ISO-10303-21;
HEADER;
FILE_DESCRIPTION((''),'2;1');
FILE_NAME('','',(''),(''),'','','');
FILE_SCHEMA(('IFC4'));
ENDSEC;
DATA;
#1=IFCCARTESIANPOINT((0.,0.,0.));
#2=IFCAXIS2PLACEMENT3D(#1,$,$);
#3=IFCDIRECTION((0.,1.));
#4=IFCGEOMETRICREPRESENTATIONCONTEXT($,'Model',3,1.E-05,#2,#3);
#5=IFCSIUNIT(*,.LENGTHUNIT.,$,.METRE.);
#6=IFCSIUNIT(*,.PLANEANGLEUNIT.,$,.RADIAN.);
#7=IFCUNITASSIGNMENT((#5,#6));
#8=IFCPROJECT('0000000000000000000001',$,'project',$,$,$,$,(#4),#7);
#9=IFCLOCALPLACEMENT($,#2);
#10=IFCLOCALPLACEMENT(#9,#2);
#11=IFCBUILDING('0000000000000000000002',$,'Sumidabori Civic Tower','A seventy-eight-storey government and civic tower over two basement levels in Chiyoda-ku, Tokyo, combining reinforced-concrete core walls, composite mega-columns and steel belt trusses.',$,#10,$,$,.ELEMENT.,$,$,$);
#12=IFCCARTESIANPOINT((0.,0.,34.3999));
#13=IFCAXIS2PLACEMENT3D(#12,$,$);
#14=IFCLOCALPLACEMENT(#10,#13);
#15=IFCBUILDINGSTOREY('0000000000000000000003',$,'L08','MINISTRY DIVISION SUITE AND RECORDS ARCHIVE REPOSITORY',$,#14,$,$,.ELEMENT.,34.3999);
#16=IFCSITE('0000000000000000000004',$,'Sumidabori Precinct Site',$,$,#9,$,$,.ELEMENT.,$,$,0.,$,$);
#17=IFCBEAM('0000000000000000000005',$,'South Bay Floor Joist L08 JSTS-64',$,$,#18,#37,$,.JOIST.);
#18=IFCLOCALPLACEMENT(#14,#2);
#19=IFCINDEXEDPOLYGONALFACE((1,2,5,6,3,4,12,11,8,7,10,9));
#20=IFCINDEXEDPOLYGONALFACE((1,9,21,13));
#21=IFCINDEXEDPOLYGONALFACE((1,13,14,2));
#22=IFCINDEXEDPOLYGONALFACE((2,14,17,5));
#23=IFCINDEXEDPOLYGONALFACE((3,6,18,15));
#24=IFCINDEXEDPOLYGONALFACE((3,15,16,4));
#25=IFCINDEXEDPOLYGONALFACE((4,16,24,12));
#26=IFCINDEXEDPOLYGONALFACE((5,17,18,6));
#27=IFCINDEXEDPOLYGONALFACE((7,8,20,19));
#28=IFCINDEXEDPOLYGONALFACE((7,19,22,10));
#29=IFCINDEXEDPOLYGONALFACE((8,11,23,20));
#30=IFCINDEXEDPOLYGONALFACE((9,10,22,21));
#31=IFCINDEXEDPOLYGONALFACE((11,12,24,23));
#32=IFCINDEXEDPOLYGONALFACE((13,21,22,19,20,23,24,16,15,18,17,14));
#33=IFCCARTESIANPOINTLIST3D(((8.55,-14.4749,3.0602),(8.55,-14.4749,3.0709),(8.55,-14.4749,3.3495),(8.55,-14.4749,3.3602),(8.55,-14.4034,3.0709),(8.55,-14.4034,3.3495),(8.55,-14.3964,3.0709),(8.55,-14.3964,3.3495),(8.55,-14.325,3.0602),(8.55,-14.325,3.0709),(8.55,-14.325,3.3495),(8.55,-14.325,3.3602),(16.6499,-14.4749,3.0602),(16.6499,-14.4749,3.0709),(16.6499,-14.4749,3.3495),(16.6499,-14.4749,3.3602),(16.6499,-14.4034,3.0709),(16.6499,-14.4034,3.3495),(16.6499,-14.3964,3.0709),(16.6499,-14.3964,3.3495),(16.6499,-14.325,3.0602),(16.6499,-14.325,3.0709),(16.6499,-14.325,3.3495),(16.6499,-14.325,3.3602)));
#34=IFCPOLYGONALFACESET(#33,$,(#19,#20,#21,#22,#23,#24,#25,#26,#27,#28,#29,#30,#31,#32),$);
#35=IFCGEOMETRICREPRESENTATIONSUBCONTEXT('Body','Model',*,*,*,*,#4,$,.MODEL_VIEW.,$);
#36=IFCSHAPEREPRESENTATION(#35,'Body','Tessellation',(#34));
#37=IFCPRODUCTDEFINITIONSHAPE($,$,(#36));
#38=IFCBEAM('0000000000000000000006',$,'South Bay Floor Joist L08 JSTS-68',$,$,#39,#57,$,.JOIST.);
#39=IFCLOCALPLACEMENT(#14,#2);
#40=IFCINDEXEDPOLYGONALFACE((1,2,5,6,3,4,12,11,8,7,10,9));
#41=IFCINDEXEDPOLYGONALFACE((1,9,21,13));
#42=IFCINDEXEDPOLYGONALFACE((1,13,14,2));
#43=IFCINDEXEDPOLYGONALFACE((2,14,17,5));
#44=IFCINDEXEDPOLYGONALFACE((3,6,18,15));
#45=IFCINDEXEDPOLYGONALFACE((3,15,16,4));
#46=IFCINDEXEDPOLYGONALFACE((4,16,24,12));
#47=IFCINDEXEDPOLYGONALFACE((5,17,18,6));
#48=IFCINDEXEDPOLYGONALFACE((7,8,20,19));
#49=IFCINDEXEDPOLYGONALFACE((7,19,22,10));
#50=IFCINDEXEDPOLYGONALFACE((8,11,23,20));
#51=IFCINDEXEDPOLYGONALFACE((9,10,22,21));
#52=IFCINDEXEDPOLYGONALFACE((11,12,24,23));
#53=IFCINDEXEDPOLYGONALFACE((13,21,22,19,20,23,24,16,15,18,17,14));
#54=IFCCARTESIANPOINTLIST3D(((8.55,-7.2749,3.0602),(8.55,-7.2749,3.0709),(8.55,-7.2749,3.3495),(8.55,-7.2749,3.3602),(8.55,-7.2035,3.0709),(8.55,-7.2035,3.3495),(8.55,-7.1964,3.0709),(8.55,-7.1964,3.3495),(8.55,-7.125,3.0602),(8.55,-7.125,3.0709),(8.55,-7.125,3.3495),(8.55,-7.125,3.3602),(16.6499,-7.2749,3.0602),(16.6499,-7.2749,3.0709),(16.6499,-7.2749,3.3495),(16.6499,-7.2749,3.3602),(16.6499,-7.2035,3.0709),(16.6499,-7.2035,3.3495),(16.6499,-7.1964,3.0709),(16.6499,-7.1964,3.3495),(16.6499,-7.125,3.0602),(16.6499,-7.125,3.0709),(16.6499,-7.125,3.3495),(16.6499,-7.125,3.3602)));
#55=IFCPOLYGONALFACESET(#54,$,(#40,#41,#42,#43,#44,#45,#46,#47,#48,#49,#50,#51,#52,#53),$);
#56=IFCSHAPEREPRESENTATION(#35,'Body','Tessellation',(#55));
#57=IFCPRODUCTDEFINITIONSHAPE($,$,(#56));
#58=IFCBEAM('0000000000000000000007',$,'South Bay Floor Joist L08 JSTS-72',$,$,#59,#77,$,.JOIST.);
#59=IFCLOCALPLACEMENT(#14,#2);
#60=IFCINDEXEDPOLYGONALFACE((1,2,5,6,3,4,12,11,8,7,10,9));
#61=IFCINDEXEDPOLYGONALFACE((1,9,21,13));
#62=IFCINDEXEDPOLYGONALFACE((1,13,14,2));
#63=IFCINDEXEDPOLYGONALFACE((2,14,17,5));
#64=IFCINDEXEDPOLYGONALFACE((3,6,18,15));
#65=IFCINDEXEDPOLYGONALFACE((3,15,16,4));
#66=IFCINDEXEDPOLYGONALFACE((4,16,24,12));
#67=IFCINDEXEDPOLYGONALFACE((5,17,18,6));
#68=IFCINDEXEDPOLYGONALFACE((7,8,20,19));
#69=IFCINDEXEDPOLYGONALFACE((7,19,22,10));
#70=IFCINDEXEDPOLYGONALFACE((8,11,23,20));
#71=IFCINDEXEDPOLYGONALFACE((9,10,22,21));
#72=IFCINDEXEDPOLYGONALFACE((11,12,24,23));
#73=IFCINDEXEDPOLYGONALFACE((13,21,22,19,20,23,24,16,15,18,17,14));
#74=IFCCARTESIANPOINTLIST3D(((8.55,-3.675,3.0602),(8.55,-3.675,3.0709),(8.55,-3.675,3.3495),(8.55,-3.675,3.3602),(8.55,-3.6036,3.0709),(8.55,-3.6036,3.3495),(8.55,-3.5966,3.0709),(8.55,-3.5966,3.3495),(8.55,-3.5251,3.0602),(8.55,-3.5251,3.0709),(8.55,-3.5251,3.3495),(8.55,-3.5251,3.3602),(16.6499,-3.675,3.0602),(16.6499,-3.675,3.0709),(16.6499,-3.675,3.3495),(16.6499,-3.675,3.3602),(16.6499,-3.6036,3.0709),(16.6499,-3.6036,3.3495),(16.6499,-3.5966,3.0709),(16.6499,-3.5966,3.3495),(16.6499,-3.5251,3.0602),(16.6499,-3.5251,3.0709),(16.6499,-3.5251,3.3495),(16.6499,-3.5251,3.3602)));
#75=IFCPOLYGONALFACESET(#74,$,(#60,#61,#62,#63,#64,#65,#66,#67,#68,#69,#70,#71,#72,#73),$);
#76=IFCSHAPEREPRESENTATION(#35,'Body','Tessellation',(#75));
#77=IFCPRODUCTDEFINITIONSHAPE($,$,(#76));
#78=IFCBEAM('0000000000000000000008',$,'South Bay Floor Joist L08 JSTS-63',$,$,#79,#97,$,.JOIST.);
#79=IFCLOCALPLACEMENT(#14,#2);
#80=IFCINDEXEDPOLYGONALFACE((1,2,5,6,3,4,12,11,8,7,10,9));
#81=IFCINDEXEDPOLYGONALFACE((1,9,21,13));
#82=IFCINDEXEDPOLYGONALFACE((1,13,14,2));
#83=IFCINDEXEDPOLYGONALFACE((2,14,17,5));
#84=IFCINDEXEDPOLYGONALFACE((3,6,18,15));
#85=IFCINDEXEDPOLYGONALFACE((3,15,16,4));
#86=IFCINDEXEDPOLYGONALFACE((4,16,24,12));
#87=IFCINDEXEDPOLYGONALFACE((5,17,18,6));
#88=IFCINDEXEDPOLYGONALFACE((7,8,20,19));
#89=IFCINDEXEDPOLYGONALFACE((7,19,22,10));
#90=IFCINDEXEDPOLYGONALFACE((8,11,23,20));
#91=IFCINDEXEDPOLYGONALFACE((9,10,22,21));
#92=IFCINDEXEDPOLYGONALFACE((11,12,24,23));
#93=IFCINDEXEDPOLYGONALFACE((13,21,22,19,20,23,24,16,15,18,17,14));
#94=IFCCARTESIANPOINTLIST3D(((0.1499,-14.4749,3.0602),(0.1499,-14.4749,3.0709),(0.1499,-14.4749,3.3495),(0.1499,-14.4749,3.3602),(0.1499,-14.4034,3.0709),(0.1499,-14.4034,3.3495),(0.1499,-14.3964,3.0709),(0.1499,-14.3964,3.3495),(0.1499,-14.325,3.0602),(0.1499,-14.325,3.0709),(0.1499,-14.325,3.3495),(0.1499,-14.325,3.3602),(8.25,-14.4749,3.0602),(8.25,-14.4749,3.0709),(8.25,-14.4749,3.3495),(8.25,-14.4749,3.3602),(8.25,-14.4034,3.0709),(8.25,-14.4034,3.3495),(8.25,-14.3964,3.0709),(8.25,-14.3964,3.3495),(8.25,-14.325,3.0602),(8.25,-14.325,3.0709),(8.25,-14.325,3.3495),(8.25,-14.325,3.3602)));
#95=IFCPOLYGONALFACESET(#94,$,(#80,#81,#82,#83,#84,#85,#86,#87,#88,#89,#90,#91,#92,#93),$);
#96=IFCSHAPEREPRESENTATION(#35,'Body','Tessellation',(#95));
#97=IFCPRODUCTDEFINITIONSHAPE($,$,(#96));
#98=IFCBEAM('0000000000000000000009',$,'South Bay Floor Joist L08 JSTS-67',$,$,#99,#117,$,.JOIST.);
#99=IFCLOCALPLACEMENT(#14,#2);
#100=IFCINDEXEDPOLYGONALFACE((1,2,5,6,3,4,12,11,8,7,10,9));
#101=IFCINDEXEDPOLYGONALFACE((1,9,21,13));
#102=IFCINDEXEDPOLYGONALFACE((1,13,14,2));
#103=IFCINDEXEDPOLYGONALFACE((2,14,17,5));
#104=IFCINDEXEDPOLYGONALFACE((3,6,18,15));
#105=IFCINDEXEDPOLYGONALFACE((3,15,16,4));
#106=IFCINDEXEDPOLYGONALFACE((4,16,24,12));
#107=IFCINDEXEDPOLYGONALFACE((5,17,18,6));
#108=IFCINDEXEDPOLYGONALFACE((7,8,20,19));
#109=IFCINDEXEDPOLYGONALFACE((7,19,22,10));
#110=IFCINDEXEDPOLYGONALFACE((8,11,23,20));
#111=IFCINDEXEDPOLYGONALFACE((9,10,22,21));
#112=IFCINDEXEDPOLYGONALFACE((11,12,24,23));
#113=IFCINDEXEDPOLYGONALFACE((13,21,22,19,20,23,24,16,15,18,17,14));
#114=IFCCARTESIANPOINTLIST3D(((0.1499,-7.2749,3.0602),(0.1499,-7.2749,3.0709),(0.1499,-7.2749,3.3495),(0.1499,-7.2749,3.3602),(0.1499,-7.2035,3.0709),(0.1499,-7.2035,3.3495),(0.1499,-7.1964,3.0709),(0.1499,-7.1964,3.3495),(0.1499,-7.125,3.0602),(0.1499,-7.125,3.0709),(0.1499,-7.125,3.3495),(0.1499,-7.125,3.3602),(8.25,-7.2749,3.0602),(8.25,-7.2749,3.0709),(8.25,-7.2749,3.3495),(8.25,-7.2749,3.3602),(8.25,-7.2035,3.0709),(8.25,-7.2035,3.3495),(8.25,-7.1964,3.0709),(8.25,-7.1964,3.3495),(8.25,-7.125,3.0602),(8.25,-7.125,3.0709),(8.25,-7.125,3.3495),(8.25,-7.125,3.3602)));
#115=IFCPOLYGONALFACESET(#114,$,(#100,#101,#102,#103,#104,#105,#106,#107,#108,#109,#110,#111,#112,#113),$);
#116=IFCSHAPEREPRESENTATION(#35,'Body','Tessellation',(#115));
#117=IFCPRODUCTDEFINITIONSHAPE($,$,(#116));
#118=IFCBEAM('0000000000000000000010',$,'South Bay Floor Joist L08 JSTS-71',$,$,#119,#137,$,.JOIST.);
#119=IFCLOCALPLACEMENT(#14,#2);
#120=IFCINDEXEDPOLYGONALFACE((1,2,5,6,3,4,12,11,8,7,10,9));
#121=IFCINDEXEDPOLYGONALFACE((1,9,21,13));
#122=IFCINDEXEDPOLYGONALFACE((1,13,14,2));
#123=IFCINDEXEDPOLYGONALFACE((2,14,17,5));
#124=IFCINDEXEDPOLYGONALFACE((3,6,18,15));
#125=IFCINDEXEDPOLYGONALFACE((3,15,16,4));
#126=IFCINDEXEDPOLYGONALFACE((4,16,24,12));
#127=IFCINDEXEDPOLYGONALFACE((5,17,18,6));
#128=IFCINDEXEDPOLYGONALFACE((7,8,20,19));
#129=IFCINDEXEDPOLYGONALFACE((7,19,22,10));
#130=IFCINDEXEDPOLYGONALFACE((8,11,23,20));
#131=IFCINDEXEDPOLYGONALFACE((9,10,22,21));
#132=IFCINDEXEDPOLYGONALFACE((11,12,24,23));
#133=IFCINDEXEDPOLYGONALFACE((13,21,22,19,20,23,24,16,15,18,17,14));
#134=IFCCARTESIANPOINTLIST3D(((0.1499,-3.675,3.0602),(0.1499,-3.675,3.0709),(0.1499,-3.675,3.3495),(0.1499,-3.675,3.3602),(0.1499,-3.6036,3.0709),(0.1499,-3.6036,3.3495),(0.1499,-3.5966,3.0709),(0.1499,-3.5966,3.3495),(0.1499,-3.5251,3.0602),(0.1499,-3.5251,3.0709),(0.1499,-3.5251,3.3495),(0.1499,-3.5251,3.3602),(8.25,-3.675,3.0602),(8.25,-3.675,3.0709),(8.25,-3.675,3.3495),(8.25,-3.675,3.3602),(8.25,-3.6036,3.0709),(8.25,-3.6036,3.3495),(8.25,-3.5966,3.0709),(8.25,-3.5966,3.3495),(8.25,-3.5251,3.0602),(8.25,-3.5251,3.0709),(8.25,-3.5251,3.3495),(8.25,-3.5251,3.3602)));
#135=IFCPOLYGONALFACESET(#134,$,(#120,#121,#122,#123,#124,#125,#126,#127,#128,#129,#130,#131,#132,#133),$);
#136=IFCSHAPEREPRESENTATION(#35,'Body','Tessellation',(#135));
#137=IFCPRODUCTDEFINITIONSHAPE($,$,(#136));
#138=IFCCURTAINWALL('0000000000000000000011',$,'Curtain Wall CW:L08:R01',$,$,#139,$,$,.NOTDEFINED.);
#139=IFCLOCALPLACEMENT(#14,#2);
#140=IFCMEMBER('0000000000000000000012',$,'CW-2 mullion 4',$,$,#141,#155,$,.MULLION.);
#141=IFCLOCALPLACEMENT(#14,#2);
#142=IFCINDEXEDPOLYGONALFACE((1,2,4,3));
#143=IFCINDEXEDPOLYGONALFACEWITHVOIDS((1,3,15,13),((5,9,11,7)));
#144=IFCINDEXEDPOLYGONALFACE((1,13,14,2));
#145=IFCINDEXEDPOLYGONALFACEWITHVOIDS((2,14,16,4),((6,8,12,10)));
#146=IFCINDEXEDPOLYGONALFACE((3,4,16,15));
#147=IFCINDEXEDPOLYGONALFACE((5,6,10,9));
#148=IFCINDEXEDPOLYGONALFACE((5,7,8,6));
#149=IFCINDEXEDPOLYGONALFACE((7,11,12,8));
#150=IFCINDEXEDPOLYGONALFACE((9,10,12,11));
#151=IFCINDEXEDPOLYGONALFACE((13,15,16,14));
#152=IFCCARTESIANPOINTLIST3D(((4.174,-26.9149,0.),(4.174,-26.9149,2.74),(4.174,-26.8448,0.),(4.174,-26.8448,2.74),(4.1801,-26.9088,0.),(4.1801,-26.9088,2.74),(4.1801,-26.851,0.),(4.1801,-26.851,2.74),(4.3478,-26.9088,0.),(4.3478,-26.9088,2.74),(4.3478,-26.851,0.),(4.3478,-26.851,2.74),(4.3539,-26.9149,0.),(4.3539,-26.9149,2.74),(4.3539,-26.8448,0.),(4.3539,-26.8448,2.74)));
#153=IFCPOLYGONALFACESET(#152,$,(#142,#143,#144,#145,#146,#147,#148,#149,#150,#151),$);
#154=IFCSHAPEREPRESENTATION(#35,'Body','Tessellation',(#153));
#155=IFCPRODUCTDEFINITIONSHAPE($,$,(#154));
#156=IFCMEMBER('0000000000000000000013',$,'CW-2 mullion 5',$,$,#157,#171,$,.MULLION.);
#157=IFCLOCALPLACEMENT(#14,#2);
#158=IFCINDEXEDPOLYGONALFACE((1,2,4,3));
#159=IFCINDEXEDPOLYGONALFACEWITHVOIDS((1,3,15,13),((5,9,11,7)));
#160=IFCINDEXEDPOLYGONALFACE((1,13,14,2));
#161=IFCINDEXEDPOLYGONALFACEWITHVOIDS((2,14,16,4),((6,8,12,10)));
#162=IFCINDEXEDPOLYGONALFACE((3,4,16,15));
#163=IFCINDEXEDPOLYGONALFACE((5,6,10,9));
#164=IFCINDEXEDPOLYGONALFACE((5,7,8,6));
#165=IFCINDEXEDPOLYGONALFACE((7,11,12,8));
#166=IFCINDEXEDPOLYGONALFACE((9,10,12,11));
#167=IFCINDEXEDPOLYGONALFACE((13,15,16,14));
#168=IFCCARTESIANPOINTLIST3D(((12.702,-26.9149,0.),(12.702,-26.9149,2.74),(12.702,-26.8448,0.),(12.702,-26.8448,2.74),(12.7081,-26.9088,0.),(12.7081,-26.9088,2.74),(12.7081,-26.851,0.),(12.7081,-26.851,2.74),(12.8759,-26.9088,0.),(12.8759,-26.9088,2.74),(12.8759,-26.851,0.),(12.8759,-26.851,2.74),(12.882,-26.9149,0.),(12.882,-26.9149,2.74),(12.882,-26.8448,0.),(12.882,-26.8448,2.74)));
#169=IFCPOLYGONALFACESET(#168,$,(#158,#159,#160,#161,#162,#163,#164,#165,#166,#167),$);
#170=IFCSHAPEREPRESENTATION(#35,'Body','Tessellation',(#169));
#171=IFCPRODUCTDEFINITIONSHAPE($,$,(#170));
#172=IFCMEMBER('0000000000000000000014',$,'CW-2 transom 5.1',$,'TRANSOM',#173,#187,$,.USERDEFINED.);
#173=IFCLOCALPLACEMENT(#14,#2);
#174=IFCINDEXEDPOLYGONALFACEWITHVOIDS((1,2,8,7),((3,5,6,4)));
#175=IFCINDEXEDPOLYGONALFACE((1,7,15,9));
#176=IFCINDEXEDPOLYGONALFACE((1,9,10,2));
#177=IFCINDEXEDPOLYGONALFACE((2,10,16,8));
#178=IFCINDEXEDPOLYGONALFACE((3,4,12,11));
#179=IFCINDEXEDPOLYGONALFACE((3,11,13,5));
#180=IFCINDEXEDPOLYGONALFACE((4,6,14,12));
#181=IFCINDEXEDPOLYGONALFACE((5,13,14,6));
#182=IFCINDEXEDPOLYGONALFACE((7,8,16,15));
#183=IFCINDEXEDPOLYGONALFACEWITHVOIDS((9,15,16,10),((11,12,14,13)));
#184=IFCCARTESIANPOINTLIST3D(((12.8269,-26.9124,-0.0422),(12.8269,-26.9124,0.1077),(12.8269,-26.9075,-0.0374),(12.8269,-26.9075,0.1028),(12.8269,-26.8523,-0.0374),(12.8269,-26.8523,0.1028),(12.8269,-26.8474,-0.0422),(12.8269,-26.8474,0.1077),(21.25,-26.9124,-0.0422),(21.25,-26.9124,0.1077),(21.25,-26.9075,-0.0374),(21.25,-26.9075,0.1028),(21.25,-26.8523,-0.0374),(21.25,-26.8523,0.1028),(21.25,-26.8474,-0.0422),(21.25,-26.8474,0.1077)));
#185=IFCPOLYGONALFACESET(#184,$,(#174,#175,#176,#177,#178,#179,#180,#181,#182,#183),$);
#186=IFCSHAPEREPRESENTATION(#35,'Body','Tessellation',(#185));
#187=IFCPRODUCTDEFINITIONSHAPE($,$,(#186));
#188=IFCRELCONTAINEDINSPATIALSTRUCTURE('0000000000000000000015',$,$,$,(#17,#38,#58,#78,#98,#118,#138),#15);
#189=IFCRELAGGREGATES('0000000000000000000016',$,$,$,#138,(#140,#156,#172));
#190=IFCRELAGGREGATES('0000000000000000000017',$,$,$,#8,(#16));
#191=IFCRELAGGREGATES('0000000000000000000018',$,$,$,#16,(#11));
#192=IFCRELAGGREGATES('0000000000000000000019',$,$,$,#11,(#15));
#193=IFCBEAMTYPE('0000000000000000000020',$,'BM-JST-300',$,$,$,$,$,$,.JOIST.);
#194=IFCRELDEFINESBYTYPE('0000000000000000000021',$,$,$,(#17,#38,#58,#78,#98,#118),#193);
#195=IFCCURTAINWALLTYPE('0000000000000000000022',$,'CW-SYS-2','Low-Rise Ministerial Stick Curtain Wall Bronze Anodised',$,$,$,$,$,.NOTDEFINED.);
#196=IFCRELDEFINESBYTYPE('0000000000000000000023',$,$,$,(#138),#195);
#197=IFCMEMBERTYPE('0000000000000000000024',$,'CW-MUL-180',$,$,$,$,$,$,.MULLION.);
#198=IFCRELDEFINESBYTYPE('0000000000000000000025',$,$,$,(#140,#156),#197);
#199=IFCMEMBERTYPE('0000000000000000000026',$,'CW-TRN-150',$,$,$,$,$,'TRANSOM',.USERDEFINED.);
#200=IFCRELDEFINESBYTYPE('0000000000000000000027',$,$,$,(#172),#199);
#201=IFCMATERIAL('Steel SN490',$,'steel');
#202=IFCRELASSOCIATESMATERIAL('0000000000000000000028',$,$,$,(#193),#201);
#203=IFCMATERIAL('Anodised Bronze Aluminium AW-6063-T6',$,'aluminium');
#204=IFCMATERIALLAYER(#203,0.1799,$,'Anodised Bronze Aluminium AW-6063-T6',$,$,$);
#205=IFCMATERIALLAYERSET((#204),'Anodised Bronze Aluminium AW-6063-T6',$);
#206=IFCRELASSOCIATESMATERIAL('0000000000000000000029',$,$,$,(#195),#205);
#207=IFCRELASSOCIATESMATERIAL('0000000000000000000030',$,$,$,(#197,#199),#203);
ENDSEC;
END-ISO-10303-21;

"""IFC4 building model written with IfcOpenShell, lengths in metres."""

from ifc_helpers import new_model, si_unit, direction, frame, origin, origin_2d, place, context, subcontext, project, spatial, hollow_rectangle, i_section, extrude, source, transform, mapped, material, layer, layer_set, material_profile, profile_set, type_object, element, aggregate, save


model = new_model("IFC4")

# Units and contexts
model_context = context("Model", 3, precision=1e-05, world=origin(), true_north=direction((0.0, 1.0)))
body_context = subcontext(model_context, "Body", "Model", "MODEL_VIEW")
ifc_project = project(units=[si_unit("LENGTHUNIT", "METRE"), si_unit("PLANEANGLEUNIT", "RADIAN")], contexts=[model_context])

# Site, building, storey
site_placement = place(None, origin())
site = spatial("IfcSite", under=ifc_project, at=site_placement, Name="Sumidabori Precinct Site", CompositionType="ELEMENT", RefElevation=0.0)
building_placement = place(site_placement, origin())
building = spatial("IfcBuilding", under=site, at=building_placement, Name="Sumidabori Civic Tower", Description="A seventy-eight-storey government and civic tower over two basement levels in Chiyoda-ku, Tokyo, combining reinforced-concrete core walls, composite mega-columns and steel belt trusses.", CompositionType="ELEMENT")
storey_placement = place(building_placement, frame((0.0, 0.0, 34.3999)))
storey = spatial("IfcBuildingStorey", under=building, at=storey_placement, Name="L08", Description="MINISTRY DIVISION SUITE AND RECORDS ARCHIVE REPOSITORY", CompositionType="ELEMENT", Elevation=34.3999)

# Beams
ifc_material_1 = material(Name="Steel SN490", Category="steel")
ifc_material_profile_1 = material_profile(ifc_material_1, i_section(OverallWidth=0.1499, OverallDepth=0.3, WebThickness=0.0071, FlangeThickness=0.0107, at=origin_2d()), Name="IPE 300")
ifc_profile_set_1 = profile_set([ifc_material_profile_1], Name="Steel SN490")
beam_type_1 = type_object("IfcBeamType", Name="BM-JST-300", PredefinedType="JOIST", material=ifc_profile_set_1)
shared_shape_1 = source(origin(), body_context, "Body", "SweptSolid", [
    extrude(i_section(OverallWidth=0.1499, OverallDepth=0.3, WebThickness=0.0071, FlangeThickness=0.0107, at=origin_2d()), origin(), (0.0, 0.0, 1.0), 8.0999),
])
for number, where, z_axis, x_axis, name in (
    (1, (8.55, -14.3999, 3.2102), (1.0, 0.0, 0.0), (0.0, 1.0, 0.0), "South Bay Floor Joist L08 JSTS-64"),
    (2, (8.55, -7.2, 3.2102), (1.0, 0.0, 0.0), (0.0, 1.0, 0.0), "South Bay Floor Joist L08 JSTS-68"),
    (3, (8.55, -3.6001, 3.2102), (1.0, 0.0, 0.0), (0.0, 1.0, 0.0), "South Bay Floor Joist L08 JSTS-72"),
):
    element("IfcBeam", number, at=place(storey_placement, frame(where, z_axis=z_axis, x_axis=x_axis)), inside=storey, type_object=beam_type_1, Name=name, PredefinedType="JOIST", context=body_context, shape_type="MappedRepresentation", body=[
        mapped(shared_shape_1, transform((0.0, 0.0, 0.0), x_axis=(1.0, 0.0, 0.0), y_axis=(0.0, 1.0, 0.0), z_axis=(0.0, 0.0, 1.0), scale=1.0)),
    ])
shared_shape_2 = source(origin(), body_context, "Body", "SweptSolid", [
    extrude(i_section(OverallWidth=0.1499, OverallDepth=0.3, WebThickness=0.0071, FlangeThickness=0.0107, at=origin_2d()), origin(), (0.0, 0.0, 1.0), 8.1001),
])
for number, where, z_axis, x_axis, name in (
    (4, (0.1499, -14.3999, 3.2102), (1.0, 0.0, 0.0), (0.0, 1.0, 0.0), "South Bay Floor Joist L08 JSTS-63"),
    (5, (0.1499, -7.2, 3.2102), (1.0, 0.0, 0.0), (0.0, 1.0, 0.0), "South Bay Floor Joist L08 JSTS-67"),
    (6, (0.1499, -3.6001, 3.2102), (1.0, 0.0, 0.0), (0.0, 1.0, 0.0), "South Bay Floor Joist L08 JSTS-71"),
):
    element("IfcBeam", number, at=place(storey_placement, frame(where, z_axis=z_axis, x_axis=x_axis)), inside=storey, type_object=beam_type_1, Name=name, PredefinedType="JOIST", context=body_context, shape_type="MappedRepresentation", body=[
        mapped(shared_shape_2, transform((0.0, 0.0, 0.0), x_axis=(1.0, 0.0, 0.0), y_axis=(0.0, 1.0, 0.0), z_axis=(0.0, 0.0, 1.0), scale=1.0)),
    ])

# Curtain wall, members
ifc_material_2 = material(Name="Anodised Bronze Aluminium AW-6063-T6", Category="aluminium")
ifc_layer_1 = layer(ifc_material_2, 0.1799, Name="Anodised Bronze Aluminium AW-6063-T6")
ifc_layer_set_1 = layer_set([ifc_layer_1], Name="Anodised Bronze Aluminium AW-6063-T6")
curtain_wall_type = type_object("IfcCurtainWallType", Name="CW-SYS-2", Description="Low-Rise Ministerial Stick Curtain Wall Bronze Anodised", PredefinedType="NOTDEFINED", material=ifc_layer_set_1)
curtain_wall_placement = place(storey_placement, origin())
curtain_wall = element("IfcCurtainWall", 7, at=curtain_wall_placement, inside=storey, type_object=curtain_wall_type, Name="Curtain Wall CW:L08:R01", PredefinedType="NOTDEFINED")
ifc_material_profile_2 = material_profile(ifc_material_2, hollow_rectangle(XDim=0.0701, YDim=0.1799, WallThickness=0.0061, at=origin_2d()), Name="ALU MULLION 180x70")
ifc_profile_set_2 = profile_set([ifc_material_profile_2], Name="Anodised Bronze Aluminium AW-6063-T6")
member_type_1 = type_object("IfcMemberType", Name="CW-MUL-180", PredefinedType="MULLION", material=ifc_profile_set_2)
shared_shape_3 = source(origin(), body_context, "Body", "SweptSolid", [
    extrude(hollow_rectangle(XDim=0.0701, YDim=0.1799, WallThickness=0.0061, at=origin_2d()), origin(), (0.0, 0.0, 1.0), 2.74),
])
member_1_placement = place(storey_placement, frame((4.2639, -26.8799, 0.0), z_axis=(0.0, 0.0, 1.0), x_axis=(0.0, 1.0, 0.0)))
member_1 = element("IfcMember", 8, at=member_1_placement, type_object=member_type_1, Name="CW-2 mullion 4", PredefinedType="MULLION", context=body_context, shape_type="MappedRepresentation", body=[
    mapped(shared_shape_3, transform((0.0, 0.0, 0.0), x_axis=(1.0, 0.0, 0.0), y_axis=(0.0, 1.0, 0.0), z_axis=(0.0, 0.0, 1.0), scale=1.0)),
])
member_2_placement = place(storey_placement, frame((12.792, -26.8799, 0.0), z_axis=(0.0, 0.0, 1.0), x_axis=(0.0, 1.0, 0.0)))
member_2 = element("IfcMember", 9, at=member_2_placement, type_object=member_type_1, Name="CW-2 mullion 5", PredefinedType="MULLION", context=body_context, shape_type="MappedRepresentation", body=[
    mapped(shared_shape_3, transform((0.0, 0.0, 0.0), x_axis=(1.0, 0.0, 0.0), y_axis=(0.0, 1.0, 0.0), z_axis=(0.0, 0.0, 1.0), scale=1.0)),
])
ifc_material_profile_3 = material_profile(ifc_material_2, hollow_rectangle(XDim=0.0649, YDim=0.1499, WallThickness=0.0049, at=origin_2d()), Name="ALU TRANSOM 150x65")
ifc_profile_set_3 = profile_set([ifc_material_profile_3], Name="Anodised Bronze Aluminium AW-6063-T6")
member_type_2 = type_object("IfcMemberType", Name="CW-TRN-150", ElementType="TRANSOM", PredefinedType="USERDEFINED", material=ifc_profile_set_3)
shared_shape_4 = source(origin(), body_context, "Body", "SweptSolid", [
    extrude(hollow_rectangle(XDim=0.0649, YDim=0.1499, WallThickness=0.0049, at=origin_2d()), origin(), (0.0, 0.0, 1.0), 8.4231),
])
member_3_placement = place(storey_placement, frame((12.8269, -26.8799, 0.0327), z_axis=(1.0, 0.0, 0.0), x_axis=(0.0, 1.0, 0.0)))
member_3 = element("IfcMember", 10, at=member_3_placement, type_object=member_type_2, Name="CW-2 transom 5.1", ObjectType="TRANSOM", PredefinedType="USERDEFINED", context=body_context, shape_type="MappedRepresentation", body=[
    mapped(shared_shape_4, transform((0.0, 0.0, 0.0), x_axis=(1.0, 0.0, 0.0), y_axis=(0.0, 1.0, 0.0), z_axis=(0.0, 0.0, 1.0), scale=1.0)),
])
aggregate(curtain_wall, [member_1, member_2, member_3])

save(model, "model.ifc")
